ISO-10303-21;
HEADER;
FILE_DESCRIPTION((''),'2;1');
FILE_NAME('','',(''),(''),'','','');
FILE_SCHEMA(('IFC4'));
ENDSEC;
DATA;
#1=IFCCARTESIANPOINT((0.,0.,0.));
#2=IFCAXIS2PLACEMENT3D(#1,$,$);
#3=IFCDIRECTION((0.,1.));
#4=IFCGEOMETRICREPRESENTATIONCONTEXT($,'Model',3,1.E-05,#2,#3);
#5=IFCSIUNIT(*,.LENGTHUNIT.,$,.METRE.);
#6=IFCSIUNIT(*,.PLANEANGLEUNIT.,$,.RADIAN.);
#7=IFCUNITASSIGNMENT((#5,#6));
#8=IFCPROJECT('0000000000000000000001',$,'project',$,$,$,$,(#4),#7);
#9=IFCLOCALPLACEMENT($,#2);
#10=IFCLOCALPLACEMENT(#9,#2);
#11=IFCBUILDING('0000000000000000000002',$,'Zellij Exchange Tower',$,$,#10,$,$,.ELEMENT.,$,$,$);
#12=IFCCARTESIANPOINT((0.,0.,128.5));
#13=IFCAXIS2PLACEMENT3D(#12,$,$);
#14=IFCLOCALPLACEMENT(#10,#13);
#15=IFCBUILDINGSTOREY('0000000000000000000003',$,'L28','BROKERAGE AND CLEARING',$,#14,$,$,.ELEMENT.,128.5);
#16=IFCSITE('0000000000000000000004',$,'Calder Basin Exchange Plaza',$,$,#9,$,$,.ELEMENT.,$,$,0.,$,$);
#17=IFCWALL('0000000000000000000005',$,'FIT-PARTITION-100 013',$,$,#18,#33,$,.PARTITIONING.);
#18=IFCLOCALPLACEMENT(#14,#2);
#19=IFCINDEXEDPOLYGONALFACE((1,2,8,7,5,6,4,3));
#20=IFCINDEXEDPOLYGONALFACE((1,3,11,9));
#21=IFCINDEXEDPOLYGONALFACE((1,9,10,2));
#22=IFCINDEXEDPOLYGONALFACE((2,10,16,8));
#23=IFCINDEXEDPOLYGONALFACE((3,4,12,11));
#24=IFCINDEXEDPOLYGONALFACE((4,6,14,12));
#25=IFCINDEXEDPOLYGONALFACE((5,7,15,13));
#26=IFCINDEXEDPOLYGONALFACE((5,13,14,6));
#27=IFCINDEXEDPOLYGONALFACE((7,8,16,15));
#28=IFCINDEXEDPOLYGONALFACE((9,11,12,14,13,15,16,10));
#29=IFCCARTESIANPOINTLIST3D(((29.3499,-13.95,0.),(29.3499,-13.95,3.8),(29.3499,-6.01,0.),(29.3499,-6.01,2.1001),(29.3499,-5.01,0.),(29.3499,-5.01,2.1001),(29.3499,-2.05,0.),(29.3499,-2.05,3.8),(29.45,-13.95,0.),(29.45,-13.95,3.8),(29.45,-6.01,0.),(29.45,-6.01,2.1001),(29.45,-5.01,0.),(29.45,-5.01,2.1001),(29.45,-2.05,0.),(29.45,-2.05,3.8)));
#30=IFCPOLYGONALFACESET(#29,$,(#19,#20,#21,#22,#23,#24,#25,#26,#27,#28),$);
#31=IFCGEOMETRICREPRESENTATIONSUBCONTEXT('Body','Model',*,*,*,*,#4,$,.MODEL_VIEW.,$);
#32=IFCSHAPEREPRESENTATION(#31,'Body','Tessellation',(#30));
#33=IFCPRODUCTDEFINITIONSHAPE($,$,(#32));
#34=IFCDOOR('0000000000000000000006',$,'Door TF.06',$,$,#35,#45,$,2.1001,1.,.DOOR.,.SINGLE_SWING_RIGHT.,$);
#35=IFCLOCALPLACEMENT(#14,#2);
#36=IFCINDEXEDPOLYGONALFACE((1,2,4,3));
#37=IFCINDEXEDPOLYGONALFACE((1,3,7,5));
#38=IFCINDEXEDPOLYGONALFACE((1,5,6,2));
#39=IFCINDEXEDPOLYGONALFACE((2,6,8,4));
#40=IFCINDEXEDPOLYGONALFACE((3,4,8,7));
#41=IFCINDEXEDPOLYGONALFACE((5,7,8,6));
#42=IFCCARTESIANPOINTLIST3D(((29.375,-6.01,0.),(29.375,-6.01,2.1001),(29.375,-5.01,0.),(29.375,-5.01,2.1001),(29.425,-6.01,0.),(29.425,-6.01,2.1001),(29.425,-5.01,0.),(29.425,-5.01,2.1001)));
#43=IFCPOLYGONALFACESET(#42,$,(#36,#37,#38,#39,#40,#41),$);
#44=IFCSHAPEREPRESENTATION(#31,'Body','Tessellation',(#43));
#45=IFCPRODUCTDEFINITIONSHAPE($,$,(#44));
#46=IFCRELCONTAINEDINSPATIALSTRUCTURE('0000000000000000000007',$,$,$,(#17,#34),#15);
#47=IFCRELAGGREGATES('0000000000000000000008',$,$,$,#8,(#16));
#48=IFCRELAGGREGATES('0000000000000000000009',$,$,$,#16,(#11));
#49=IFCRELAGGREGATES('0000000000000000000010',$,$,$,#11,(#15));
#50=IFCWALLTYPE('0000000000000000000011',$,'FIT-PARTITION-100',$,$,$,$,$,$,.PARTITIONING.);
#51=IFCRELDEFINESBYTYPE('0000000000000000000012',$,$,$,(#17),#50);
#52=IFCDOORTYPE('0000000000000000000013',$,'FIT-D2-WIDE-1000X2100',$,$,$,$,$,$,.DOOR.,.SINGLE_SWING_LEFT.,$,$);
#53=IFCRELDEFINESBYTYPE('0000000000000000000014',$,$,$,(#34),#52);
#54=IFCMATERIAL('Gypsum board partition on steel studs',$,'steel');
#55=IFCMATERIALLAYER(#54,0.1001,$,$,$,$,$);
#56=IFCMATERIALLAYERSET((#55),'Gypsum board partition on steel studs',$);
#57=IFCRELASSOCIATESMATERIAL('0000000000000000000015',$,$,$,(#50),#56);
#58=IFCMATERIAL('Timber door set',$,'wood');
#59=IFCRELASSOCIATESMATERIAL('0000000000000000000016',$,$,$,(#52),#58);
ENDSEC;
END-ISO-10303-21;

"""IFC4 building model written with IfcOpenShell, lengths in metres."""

from ifc_helpers import new_model, si_unit, direction, frame, frame_2d, origin, place, context, subcontext, project, spatial, rectangle, extrude, material, layer, layer_set, type_object, element, fill, save


model = new_model("IFC4")

# Units and contexts
model_context = context("Model", 3, precision=1e-05, world=origin(), true_north=direction((0.0, 1.0)))
body_context = subcontext(model_context, "Body", "Model", "MODEL_VIEW")
ifc_project = project(units=[si_unit("LENGTHUNIT", "METRE"), si_unit("PLANEANGLEUNIT", "RADIAN")], contexts=[model_context])

# Site, building, storey
site_placement = place(None, origin())
site = spatial("IfcSite", under=ifc_project, at=site_placement, Name="Calder Basin Exchange Plaza", CompositionType="ELEMENT", RefElevation=0.0)
building_placement = place(site_placement, origin())
building = spatial("IfcBuilding", under=site, at=building_placement, Name="Zellij Exchange Tower", CompositionType="ELEMENT")
storey_placement = place(building_placement, frame((0.0, 0.0, 128.5)))
storey = spatial("IfcBuildingStorey", under=building, at=storey_placement, Name="L28", Description="BROKERAGE AND CLEARING", CompositionType="ELEMENT", Elevation=128.5)

# Shared definitions
ifc_material_1 = material(Name="Gypsum board partition on steel studs", Category="steel")
ifc_layer_1 = layer(ifc_material_1, 0.1001)
ifc_layer_set_1 = layer_set([ifc_layer_1], Name="Gypsum board partition on steel studs")
wall_type_1 = type_object("IfcWallType", Name="FIT-PARTITION-100", PredefinedType="PARTITIONING", material=ifc_layer_set_1)

# Wall, opening, door
wall_1_placement = place(storey_placement, frame((29.3999, -13.95, 0.0), z_axis=(0.0, 0.0, 1.0), x_axis=(0.0, 1.0, 0.0)))
wall_1 = element("IfcWall", 1, at=wall_1_placement, inside=storey, type_object=wall_type_1, Name="FIT-PARTITION-100 013", PredefinedType="PARTITIONING", context=body_context, shape_type="SweptSolid", body=[
    extrude(rectangle(XDim=11.8999, YDim=0.1001, at=frame_2d((5.95, 0.0))), origin(), (0.0, 0.0, 1.0), 3.8),
])
opening_1_placement = place(wall_1_placement, frame((7.9399, 0.0, 0.0)))
opening_1 = element("IfcOpeningElement", 2, at=opening_1_placement, cuts=wall_1, PredefinedType="OPENING", context=body_context, shape_type="SweptSolid", body=[
    extrude(rectangle(XDim=1.0, YDim=2.1001, at=frame_2d((0.5, 1.05))), frame((0.0, 0.062, 0.0), z_axis=(0.0, -1.0, 0.0), x_axis=(1.0, 0.0, 0.0)), (0.0, 0.0, 1.0), 0.124),
])
ifc_material_2 = material(Name="Timber door set", Category="wood")
door_type = type_object("IfcDoorType", Name="FIT-D2-WIDE-1000X2100", OperationType="SINGLE_SWING_LEFT", PredefinedType="DOOR", material=ifc_material_2)
door_placement = place(opening_1_placement, origin())
door = element("IfcDoor", 3, at=door_placement, inside=storey, type_object=door_type, Name="Door TF.06", OperationType="SINGLE_SWING_RIGHT", OverallHeight=2.1001, OverallWidth=1.0, PredefinedType="DOOR", context=body_context, shape_type="SweptSolid", body=[
    extrude(rectangle(XDim=1.0, YDim=2.1001, at=frame_2d((0.5, 1.05))), frame((0.0, 0.0249, 0.0), z_axis=(0.0, -1.0, 0.0), x_axis=(1.0, 0.0, 0.0)), (0.0, 0.0, 1.0), 0.05),
])
fill(opening_1, door)

save(model, "model.ifc")
